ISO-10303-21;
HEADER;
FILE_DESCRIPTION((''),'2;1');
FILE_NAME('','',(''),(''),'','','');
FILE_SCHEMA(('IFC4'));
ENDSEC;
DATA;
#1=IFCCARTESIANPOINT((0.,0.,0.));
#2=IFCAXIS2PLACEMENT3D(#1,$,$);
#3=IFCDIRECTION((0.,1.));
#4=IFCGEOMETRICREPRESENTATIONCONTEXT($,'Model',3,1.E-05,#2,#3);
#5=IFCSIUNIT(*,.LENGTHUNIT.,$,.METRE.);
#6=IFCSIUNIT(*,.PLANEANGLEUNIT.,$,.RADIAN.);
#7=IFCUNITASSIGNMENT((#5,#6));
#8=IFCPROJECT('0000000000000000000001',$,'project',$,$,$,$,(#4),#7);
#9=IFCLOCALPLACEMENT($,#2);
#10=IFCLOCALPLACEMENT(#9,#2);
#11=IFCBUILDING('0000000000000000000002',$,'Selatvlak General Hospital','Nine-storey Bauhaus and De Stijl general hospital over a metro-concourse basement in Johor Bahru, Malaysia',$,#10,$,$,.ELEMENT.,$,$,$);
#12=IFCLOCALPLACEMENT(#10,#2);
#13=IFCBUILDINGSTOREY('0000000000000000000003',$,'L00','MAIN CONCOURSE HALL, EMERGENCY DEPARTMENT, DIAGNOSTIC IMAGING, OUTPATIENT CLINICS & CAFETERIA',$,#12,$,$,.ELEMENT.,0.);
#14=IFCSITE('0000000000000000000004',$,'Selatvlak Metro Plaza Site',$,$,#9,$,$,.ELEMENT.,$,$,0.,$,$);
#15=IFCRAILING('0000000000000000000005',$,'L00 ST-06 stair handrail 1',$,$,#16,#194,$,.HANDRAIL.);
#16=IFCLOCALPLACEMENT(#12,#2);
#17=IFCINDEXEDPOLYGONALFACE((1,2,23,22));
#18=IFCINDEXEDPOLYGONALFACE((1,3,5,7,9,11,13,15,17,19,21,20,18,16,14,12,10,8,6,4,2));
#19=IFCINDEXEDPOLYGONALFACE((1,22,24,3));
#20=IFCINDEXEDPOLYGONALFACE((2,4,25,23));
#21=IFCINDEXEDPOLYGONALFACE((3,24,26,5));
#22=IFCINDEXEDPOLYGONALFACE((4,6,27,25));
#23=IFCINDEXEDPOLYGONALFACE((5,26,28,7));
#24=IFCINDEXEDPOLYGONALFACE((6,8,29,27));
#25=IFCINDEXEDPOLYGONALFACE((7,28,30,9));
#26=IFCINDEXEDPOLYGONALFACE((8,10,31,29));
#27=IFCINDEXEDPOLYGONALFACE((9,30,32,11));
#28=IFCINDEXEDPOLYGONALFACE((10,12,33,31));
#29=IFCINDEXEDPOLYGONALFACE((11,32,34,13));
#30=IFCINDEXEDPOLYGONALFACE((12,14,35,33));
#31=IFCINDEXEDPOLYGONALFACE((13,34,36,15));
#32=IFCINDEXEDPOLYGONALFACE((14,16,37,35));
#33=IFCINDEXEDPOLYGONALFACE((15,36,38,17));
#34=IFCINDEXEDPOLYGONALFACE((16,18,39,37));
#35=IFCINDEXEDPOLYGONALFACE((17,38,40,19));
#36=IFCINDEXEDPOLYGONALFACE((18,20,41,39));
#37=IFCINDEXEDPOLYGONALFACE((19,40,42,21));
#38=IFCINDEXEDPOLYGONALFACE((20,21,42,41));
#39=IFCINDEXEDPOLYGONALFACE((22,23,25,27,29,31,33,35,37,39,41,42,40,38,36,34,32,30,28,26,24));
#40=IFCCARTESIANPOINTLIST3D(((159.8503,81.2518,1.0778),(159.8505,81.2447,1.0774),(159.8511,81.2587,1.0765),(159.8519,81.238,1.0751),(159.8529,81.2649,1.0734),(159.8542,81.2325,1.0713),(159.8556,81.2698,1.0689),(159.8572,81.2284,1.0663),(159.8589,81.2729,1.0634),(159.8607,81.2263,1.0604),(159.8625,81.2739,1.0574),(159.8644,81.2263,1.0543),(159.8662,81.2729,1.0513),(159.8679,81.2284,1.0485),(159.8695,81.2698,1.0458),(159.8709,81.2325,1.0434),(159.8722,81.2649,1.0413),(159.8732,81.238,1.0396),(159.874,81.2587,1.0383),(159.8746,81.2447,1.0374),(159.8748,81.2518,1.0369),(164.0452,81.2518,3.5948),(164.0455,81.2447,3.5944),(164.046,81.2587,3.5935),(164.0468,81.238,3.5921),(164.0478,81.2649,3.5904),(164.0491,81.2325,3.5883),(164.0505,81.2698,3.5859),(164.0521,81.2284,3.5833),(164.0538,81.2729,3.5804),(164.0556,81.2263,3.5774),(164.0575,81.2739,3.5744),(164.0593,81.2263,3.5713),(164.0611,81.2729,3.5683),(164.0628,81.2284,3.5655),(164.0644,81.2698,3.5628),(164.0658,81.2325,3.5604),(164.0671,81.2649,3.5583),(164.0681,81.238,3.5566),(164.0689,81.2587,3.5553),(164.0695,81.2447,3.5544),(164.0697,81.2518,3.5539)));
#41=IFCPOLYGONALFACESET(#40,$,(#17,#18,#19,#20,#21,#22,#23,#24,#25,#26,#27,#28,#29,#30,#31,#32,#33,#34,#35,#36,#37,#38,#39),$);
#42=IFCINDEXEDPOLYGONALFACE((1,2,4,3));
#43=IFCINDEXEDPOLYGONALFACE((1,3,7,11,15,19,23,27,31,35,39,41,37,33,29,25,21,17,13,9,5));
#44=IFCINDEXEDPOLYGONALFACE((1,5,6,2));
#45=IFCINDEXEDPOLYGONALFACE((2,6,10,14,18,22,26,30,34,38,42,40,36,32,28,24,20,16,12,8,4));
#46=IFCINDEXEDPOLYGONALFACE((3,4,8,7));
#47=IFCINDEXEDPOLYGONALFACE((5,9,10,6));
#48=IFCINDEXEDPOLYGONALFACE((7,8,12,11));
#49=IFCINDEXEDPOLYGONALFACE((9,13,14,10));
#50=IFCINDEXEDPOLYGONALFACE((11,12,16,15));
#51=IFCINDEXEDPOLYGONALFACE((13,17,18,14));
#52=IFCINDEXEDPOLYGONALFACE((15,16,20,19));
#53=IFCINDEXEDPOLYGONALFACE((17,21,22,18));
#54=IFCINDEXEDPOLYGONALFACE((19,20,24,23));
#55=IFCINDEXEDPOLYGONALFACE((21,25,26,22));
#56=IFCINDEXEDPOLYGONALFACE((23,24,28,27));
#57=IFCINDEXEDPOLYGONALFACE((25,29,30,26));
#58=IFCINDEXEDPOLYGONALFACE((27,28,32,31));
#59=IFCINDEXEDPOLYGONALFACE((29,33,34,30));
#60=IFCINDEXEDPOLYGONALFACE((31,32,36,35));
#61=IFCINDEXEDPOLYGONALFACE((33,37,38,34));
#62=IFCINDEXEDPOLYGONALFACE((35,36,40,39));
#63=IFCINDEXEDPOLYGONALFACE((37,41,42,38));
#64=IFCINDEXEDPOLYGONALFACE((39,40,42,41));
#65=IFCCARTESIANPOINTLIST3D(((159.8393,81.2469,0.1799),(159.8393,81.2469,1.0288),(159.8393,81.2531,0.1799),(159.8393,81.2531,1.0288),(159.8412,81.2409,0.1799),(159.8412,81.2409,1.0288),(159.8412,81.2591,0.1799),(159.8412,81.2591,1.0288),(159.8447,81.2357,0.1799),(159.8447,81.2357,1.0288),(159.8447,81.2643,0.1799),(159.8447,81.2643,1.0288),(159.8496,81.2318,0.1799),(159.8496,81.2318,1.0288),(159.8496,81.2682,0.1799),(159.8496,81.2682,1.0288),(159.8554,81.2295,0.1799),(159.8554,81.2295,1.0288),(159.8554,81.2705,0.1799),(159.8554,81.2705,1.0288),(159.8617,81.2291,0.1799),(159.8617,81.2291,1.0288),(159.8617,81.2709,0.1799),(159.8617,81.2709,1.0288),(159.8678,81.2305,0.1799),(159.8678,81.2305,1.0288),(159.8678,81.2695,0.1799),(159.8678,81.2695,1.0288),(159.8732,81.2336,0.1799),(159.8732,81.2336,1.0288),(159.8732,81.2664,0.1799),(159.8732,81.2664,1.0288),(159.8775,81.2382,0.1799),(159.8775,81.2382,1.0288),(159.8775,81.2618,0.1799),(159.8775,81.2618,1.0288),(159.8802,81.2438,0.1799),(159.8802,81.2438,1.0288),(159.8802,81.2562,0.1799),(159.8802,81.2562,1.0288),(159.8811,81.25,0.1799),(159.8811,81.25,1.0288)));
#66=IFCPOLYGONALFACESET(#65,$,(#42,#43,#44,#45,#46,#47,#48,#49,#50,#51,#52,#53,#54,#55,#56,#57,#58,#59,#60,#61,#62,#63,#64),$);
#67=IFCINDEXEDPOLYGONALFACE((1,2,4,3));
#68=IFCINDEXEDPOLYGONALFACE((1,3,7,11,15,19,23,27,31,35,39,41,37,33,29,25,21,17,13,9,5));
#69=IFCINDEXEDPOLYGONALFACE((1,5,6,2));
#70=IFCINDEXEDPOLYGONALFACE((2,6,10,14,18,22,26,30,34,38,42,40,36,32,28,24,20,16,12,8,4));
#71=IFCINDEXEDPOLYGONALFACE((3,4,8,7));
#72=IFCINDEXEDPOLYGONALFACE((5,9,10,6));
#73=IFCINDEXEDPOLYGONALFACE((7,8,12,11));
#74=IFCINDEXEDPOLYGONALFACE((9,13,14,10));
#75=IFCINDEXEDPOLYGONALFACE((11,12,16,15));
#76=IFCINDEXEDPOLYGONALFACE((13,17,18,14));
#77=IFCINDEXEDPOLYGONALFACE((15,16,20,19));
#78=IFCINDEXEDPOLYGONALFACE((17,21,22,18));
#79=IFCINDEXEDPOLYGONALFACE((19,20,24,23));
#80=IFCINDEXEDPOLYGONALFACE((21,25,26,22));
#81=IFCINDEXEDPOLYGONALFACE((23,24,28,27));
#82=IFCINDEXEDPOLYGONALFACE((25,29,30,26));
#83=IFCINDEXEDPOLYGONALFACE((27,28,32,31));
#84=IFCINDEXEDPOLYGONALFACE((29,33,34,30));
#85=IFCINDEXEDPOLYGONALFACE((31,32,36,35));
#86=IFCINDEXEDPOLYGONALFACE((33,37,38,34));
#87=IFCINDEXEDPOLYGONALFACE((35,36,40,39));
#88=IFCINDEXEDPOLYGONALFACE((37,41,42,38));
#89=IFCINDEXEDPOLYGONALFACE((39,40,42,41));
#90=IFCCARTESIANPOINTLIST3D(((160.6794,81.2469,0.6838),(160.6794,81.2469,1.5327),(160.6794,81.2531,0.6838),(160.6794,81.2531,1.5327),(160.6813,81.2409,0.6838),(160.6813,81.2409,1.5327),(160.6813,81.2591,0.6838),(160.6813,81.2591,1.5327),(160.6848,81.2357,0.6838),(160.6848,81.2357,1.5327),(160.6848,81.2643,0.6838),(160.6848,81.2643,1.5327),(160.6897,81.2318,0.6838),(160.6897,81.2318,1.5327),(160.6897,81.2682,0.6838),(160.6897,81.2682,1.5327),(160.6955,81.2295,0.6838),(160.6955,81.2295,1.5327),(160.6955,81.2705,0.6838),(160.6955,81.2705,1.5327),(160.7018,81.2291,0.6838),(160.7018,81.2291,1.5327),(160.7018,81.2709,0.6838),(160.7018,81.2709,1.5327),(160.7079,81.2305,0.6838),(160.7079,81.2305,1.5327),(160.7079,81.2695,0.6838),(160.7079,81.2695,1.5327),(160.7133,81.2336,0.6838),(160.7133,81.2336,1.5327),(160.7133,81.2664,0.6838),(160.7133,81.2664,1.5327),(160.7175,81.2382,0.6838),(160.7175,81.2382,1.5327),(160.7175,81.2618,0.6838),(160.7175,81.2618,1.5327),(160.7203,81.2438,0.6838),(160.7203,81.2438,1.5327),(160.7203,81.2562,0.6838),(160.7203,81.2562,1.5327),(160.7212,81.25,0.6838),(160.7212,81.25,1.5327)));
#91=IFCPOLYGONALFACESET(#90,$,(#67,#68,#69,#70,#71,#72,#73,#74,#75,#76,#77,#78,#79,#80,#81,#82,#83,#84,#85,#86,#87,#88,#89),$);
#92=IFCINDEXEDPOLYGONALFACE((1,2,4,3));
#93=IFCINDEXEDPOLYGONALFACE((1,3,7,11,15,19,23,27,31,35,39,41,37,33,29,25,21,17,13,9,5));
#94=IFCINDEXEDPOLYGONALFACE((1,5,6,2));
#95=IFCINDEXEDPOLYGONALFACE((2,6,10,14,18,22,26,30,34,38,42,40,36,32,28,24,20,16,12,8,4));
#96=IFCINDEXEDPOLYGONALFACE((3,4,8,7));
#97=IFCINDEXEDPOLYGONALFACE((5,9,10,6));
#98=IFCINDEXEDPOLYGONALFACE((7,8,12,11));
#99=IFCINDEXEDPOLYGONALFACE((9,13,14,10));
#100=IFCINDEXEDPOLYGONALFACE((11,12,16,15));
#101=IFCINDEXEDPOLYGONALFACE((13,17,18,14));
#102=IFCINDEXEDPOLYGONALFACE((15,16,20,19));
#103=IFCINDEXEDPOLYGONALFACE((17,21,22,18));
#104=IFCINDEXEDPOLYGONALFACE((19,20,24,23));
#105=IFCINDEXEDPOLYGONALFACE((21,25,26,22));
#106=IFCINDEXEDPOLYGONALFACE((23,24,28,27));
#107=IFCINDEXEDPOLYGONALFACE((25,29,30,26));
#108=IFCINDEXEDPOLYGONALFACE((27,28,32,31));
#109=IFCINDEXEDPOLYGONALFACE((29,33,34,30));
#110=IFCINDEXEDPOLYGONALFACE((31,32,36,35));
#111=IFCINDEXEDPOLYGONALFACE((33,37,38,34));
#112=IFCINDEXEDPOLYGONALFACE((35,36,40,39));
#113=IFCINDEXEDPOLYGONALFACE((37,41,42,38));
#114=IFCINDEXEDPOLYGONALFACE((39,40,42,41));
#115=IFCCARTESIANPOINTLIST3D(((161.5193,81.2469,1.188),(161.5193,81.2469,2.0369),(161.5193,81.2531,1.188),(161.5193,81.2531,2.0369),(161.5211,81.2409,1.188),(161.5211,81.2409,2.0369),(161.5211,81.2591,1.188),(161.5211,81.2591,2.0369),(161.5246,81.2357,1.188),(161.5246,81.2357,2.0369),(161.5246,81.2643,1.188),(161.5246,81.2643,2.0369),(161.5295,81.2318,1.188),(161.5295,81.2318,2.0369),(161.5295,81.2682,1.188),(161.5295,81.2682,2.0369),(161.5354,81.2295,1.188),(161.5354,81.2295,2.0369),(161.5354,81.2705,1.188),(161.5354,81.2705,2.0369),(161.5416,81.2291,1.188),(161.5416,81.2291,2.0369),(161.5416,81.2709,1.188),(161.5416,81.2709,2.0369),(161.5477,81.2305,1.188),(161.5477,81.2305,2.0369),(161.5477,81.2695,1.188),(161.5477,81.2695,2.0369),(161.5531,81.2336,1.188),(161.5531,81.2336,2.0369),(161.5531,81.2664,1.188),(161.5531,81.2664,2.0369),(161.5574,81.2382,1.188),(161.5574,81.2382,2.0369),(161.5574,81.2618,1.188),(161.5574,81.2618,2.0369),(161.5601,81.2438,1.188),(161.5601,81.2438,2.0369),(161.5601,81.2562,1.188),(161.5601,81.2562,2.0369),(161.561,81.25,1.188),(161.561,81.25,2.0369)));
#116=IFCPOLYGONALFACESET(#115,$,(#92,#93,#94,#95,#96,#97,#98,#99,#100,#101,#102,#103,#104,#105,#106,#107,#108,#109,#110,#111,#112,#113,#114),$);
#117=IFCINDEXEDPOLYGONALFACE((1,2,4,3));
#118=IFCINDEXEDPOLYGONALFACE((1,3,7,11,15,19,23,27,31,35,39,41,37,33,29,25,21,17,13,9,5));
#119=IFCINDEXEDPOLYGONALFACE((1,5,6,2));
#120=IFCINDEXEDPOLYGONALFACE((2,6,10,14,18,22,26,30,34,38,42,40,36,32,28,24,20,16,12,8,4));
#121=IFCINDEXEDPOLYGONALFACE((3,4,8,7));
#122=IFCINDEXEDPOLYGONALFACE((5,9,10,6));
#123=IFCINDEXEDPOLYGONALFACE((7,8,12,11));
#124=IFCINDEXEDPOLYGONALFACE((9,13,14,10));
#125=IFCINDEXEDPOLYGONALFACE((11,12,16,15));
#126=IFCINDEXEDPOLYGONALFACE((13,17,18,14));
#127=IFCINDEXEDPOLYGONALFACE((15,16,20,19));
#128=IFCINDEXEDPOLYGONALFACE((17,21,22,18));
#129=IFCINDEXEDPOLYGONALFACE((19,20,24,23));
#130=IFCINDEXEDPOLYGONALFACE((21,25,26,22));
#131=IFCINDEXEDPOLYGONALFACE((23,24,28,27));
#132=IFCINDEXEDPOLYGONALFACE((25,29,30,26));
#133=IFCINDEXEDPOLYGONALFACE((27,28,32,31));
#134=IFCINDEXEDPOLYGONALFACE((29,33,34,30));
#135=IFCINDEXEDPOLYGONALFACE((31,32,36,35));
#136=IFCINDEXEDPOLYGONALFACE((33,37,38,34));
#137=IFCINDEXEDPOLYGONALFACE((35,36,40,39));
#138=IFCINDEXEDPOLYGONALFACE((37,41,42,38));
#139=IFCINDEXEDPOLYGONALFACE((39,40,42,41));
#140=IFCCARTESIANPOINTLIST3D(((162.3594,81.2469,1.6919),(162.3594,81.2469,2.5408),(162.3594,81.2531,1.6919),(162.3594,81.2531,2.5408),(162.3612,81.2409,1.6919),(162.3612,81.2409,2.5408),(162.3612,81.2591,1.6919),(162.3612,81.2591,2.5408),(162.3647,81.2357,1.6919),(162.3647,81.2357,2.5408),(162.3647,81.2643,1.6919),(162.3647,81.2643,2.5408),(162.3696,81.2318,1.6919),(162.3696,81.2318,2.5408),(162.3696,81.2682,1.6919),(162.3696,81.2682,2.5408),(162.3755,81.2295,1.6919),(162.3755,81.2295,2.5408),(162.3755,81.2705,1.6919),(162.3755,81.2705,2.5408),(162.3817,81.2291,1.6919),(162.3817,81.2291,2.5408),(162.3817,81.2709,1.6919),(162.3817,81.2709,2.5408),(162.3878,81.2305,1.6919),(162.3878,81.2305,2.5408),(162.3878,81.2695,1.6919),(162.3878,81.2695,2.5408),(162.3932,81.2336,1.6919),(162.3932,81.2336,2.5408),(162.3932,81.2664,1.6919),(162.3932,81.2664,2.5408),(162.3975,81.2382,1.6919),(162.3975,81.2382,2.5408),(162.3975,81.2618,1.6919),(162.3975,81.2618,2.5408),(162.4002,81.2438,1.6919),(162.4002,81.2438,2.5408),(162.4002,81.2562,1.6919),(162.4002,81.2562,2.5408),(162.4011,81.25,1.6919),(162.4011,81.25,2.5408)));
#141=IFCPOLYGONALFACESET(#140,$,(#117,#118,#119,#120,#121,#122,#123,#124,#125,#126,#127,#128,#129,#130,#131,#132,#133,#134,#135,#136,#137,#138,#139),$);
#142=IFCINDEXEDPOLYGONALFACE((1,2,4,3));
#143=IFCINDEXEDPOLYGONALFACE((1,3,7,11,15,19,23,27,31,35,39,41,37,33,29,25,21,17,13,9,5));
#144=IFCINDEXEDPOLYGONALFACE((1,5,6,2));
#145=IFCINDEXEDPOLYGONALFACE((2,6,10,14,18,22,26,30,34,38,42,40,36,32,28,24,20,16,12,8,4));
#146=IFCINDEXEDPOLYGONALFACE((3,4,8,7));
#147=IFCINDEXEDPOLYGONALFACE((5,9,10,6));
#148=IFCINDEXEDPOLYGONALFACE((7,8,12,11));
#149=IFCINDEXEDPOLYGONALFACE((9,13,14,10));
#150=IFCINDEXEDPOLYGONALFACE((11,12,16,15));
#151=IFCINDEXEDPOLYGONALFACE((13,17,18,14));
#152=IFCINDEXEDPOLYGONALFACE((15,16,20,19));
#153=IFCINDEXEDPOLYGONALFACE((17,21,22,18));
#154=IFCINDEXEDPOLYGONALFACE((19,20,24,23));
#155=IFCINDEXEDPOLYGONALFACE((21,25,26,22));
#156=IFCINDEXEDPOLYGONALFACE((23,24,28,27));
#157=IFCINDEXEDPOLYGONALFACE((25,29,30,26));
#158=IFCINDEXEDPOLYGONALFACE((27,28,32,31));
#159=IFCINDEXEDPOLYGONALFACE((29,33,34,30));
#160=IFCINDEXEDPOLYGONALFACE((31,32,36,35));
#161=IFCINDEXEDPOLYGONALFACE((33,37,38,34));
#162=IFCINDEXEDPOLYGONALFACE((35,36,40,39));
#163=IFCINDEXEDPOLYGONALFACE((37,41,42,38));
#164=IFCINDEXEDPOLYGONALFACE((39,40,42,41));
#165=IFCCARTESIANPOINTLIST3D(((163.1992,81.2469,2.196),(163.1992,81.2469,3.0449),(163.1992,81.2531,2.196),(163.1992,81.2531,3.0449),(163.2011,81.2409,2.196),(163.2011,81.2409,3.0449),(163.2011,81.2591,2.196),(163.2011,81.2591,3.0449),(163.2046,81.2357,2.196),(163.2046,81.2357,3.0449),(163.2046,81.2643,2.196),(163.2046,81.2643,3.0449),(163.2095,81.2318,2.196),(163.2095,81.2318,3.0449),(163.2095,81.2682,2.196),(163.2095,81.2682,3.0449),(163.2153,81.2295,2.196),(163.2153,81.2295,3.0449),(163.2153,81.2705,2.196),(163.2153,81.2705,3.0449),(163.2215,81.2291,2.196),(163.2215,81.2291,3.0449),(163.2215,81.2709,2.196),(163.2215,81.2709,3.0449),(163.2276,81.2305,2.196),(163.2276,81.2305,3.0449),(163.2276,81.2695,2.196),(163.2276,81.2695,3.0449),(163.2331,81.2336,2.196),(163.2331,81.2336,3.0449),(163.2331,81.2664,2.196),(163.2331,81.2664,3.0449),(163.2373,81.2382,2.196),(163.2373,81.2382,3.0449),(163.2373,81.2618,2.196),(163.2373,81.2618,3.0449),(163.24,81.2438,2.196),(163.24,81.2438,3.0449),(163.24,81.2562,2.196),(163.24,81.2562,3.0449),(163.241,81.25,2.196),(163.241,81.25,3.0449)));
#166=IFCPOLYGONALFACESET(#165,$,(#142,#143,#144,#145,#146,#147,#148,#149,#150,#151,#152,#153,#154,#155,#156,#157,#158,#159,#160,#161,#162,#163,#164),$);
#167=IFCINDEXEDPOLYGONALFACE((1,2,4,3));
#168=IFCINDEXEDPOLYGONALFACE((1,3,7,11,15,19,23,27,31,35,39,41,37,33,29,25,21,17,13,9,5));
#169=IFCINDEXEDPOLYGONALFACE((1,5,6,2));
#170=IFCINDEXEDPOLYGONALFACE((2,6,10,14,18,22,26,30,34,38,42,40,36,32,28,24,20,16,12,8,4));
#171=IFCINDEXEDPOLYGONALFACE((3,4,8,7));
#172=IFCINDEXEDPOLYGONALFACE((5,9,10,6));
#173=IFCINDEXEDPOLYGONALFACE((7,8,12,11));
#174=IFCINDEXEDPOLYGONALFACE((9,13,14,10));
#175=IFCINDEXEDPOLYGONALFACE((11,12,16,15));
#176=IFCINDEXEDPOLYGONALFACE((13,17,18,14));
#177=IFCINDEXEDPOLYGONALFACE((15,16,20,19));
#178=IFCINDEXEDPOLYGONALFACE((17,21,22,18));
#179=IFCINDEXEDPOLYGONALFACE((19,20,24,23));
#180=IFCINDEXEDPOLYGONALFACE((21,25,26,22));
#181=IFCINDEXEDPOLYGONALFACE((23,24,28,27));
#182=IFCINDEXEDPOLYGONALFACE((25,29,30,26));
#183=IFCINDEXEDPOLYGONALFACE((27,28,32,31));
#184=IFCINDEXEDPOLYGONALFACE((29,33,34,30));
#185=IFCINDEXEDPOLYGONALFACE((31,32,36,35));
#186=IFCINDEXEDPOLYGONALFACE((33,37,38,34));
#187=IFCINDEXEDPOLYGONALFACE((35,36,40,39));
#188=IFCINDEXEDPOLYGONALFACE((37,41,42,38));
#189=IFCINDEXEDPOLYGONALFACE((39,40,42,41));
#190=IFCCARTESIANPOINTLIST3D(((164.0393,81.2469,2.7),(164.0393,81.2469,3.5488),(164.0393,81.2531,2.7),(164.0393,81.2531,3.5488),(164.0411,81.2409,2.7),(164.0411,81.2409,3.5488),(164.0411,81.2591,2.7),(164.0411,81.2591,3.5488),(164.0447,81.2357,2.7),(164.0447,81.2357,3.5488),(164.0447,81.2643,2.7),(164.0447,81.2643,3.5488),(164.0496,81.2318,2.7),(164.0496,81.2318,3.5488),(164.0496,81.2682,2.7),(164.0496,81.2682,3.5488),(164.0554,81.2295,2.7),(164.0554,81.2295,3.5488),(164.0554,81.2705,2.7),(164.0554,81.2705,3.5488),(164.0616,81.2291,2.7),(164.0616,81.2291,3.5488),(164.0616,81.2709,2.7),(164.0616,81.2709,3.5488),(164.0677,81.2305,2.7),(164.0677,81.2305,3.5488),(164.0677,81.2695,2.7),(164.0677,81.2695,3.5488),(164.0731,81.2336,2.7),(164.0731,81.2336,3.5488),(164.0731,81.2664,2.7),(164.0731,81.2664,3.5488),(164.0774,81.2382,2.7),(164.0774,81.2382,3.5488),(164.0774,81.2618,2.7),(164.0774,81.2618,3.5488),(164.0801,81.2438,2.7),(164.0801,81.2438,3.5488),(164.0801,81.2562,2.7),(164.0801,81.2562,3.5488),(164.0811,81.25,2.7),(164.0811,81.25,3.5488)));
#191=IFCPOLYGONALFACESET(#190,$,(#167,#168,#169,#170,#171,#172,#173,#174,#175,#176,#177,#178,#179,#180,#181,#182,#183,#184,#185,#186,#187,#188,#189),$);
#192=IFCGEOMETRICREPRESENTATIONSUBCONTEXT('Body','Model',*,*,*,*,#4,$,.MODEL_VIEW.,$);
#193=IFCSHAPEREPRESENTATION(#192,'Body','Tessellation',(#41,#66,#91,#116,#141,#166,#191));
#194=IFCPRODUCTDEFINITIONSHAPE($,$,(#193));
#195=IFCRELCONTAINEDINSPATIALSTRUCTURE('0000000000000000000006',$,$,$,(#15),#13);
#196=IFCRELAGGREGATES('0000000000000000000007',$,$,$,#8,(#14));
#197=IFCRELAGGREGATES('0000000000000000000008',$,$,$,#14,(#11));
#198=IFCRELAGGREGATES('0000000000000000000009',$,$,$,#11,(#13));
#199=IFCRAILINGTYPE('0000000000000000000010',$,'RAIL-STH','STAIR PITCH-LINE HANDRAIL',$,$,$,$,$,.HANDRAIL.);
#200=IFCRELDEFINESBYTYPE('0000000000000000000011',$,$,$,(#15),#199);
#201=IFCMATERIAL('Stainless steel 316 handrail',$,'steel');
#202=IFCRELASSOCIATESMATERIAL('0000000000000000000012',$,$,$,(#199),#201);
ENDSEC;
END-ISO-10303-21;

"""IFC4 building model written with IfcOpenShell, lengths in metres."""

from ifc_helpers import new_model, si_unit, direction, frame, origin, origin_2d, place, context, subcontext, project, spatial, circle, extrude, material, type_object, element, save


model = new_model("IFC4")

# Units and contexts
model_context = context("Model", 3, precision=1e-05, world=origin(), true_north=direction((0.0, 1.0)))
body_context = subcontext(model_context, "Body", "Model", "MODEL_VIEW")
ifc_project = project(units=[si_unit("LENGTHUNIT", "METRE"), si_unit("PLANEANGLEUNIT", "RADIAN")], contexts=[model_context])

# Site, building, storey
site_placement = place(None, origin())
site = spatial("IfcSite", under=ifc_project, at=site_placement, Name="Selatvlak Metro Plaza Site", CompositionType="ELEMENT", RefElevation=0.0)
building_placement = place(site_placement, origin())
building = spatial("IfcBuilding", under=site, at=building_placement, Name="Selatvlak General Hospital", Description="Nine-storey Bauhaus and De Stijl general hospital over a metro-concourse basement in Johor Bahru, Malaysia", CompositionType="ELEMENT")
storey_placement = place(building_placement, origin())
storey = spatial("IfcBuildingStorey", under=building, at=storey_placement, Name="L00", Description="MAIN CONCOURSE HALL, EMERGENCY DEPARTMENT, DIAGNOSTIC IMAGING, OUTPATIENT CLINICS & CAFETERIA", CompositionType="ELEMENT", Elevation=0.0)

# Railing
ifc_material_1 = material(Name="Stainless steel 316 handrail", Category="steel")
railing_type = type_object("IfcRailingType", Name="RAIL-STH", Description="STAIR PITCH-LINE HANDRAIL", PredefinedType="HANDRAIL", material=ifc_material_1)
railing_placement = place(storey_placement, frame((159.8601, 81.25, 0.1799)))
element("IfcRailing", 1, at=railing_placement, inside=storey, type_object=railing_type, Name="L00 ST-06 stair handrail 1", PredefinedType="HANDRAIL", context=body_context, shape_type="SweptSolid", body=[
    extrude(circle(Radius=0.0239, at=origin_2d()), frame((0.0024, 0.0, 0.8774), z_axis=(0.857489, 0.0, 0.514503), x_axis=(0.0, 1.0, 0.0)), (0.0, 0.0, 1.0), 4.8921),
    extrude(circle(Radius=0.021, at=origin_2d()), origin(), (0.0, 0.0, 1.0), 0.8489),
    extrude(circle(Radius=0.021, at=origin_2d()), frame((0.8401, 0.0, 0.5039)), (0.0, 0.0, 1.0), 0.8489),
    extrude(circle(Radius=0.021, at=origin_2d()), frame((1.6799, 0.0, 1.0081)), (0.0, 0.0, 1.0), 0.8489),
    extrude(circle(Radius=0.021, at=origin_2d()), frame((2.52, 0.0, 1.512)), (0.0, 0.0, 1.0), 0.8489),
    extrude(circle(Radius=0.021, at=origin_2d()), frame((3.3599, 0.0, 2.0161)), (0.0, 0.0, 1.0), 0.8489),
    extrude(circle(Radius=0.021, at=origin_2d()), frame((4.2, 0.0, 2.52)), (0.0, 0.0, 1.0), 0.8489),
])

save(model, "model.ifc")
